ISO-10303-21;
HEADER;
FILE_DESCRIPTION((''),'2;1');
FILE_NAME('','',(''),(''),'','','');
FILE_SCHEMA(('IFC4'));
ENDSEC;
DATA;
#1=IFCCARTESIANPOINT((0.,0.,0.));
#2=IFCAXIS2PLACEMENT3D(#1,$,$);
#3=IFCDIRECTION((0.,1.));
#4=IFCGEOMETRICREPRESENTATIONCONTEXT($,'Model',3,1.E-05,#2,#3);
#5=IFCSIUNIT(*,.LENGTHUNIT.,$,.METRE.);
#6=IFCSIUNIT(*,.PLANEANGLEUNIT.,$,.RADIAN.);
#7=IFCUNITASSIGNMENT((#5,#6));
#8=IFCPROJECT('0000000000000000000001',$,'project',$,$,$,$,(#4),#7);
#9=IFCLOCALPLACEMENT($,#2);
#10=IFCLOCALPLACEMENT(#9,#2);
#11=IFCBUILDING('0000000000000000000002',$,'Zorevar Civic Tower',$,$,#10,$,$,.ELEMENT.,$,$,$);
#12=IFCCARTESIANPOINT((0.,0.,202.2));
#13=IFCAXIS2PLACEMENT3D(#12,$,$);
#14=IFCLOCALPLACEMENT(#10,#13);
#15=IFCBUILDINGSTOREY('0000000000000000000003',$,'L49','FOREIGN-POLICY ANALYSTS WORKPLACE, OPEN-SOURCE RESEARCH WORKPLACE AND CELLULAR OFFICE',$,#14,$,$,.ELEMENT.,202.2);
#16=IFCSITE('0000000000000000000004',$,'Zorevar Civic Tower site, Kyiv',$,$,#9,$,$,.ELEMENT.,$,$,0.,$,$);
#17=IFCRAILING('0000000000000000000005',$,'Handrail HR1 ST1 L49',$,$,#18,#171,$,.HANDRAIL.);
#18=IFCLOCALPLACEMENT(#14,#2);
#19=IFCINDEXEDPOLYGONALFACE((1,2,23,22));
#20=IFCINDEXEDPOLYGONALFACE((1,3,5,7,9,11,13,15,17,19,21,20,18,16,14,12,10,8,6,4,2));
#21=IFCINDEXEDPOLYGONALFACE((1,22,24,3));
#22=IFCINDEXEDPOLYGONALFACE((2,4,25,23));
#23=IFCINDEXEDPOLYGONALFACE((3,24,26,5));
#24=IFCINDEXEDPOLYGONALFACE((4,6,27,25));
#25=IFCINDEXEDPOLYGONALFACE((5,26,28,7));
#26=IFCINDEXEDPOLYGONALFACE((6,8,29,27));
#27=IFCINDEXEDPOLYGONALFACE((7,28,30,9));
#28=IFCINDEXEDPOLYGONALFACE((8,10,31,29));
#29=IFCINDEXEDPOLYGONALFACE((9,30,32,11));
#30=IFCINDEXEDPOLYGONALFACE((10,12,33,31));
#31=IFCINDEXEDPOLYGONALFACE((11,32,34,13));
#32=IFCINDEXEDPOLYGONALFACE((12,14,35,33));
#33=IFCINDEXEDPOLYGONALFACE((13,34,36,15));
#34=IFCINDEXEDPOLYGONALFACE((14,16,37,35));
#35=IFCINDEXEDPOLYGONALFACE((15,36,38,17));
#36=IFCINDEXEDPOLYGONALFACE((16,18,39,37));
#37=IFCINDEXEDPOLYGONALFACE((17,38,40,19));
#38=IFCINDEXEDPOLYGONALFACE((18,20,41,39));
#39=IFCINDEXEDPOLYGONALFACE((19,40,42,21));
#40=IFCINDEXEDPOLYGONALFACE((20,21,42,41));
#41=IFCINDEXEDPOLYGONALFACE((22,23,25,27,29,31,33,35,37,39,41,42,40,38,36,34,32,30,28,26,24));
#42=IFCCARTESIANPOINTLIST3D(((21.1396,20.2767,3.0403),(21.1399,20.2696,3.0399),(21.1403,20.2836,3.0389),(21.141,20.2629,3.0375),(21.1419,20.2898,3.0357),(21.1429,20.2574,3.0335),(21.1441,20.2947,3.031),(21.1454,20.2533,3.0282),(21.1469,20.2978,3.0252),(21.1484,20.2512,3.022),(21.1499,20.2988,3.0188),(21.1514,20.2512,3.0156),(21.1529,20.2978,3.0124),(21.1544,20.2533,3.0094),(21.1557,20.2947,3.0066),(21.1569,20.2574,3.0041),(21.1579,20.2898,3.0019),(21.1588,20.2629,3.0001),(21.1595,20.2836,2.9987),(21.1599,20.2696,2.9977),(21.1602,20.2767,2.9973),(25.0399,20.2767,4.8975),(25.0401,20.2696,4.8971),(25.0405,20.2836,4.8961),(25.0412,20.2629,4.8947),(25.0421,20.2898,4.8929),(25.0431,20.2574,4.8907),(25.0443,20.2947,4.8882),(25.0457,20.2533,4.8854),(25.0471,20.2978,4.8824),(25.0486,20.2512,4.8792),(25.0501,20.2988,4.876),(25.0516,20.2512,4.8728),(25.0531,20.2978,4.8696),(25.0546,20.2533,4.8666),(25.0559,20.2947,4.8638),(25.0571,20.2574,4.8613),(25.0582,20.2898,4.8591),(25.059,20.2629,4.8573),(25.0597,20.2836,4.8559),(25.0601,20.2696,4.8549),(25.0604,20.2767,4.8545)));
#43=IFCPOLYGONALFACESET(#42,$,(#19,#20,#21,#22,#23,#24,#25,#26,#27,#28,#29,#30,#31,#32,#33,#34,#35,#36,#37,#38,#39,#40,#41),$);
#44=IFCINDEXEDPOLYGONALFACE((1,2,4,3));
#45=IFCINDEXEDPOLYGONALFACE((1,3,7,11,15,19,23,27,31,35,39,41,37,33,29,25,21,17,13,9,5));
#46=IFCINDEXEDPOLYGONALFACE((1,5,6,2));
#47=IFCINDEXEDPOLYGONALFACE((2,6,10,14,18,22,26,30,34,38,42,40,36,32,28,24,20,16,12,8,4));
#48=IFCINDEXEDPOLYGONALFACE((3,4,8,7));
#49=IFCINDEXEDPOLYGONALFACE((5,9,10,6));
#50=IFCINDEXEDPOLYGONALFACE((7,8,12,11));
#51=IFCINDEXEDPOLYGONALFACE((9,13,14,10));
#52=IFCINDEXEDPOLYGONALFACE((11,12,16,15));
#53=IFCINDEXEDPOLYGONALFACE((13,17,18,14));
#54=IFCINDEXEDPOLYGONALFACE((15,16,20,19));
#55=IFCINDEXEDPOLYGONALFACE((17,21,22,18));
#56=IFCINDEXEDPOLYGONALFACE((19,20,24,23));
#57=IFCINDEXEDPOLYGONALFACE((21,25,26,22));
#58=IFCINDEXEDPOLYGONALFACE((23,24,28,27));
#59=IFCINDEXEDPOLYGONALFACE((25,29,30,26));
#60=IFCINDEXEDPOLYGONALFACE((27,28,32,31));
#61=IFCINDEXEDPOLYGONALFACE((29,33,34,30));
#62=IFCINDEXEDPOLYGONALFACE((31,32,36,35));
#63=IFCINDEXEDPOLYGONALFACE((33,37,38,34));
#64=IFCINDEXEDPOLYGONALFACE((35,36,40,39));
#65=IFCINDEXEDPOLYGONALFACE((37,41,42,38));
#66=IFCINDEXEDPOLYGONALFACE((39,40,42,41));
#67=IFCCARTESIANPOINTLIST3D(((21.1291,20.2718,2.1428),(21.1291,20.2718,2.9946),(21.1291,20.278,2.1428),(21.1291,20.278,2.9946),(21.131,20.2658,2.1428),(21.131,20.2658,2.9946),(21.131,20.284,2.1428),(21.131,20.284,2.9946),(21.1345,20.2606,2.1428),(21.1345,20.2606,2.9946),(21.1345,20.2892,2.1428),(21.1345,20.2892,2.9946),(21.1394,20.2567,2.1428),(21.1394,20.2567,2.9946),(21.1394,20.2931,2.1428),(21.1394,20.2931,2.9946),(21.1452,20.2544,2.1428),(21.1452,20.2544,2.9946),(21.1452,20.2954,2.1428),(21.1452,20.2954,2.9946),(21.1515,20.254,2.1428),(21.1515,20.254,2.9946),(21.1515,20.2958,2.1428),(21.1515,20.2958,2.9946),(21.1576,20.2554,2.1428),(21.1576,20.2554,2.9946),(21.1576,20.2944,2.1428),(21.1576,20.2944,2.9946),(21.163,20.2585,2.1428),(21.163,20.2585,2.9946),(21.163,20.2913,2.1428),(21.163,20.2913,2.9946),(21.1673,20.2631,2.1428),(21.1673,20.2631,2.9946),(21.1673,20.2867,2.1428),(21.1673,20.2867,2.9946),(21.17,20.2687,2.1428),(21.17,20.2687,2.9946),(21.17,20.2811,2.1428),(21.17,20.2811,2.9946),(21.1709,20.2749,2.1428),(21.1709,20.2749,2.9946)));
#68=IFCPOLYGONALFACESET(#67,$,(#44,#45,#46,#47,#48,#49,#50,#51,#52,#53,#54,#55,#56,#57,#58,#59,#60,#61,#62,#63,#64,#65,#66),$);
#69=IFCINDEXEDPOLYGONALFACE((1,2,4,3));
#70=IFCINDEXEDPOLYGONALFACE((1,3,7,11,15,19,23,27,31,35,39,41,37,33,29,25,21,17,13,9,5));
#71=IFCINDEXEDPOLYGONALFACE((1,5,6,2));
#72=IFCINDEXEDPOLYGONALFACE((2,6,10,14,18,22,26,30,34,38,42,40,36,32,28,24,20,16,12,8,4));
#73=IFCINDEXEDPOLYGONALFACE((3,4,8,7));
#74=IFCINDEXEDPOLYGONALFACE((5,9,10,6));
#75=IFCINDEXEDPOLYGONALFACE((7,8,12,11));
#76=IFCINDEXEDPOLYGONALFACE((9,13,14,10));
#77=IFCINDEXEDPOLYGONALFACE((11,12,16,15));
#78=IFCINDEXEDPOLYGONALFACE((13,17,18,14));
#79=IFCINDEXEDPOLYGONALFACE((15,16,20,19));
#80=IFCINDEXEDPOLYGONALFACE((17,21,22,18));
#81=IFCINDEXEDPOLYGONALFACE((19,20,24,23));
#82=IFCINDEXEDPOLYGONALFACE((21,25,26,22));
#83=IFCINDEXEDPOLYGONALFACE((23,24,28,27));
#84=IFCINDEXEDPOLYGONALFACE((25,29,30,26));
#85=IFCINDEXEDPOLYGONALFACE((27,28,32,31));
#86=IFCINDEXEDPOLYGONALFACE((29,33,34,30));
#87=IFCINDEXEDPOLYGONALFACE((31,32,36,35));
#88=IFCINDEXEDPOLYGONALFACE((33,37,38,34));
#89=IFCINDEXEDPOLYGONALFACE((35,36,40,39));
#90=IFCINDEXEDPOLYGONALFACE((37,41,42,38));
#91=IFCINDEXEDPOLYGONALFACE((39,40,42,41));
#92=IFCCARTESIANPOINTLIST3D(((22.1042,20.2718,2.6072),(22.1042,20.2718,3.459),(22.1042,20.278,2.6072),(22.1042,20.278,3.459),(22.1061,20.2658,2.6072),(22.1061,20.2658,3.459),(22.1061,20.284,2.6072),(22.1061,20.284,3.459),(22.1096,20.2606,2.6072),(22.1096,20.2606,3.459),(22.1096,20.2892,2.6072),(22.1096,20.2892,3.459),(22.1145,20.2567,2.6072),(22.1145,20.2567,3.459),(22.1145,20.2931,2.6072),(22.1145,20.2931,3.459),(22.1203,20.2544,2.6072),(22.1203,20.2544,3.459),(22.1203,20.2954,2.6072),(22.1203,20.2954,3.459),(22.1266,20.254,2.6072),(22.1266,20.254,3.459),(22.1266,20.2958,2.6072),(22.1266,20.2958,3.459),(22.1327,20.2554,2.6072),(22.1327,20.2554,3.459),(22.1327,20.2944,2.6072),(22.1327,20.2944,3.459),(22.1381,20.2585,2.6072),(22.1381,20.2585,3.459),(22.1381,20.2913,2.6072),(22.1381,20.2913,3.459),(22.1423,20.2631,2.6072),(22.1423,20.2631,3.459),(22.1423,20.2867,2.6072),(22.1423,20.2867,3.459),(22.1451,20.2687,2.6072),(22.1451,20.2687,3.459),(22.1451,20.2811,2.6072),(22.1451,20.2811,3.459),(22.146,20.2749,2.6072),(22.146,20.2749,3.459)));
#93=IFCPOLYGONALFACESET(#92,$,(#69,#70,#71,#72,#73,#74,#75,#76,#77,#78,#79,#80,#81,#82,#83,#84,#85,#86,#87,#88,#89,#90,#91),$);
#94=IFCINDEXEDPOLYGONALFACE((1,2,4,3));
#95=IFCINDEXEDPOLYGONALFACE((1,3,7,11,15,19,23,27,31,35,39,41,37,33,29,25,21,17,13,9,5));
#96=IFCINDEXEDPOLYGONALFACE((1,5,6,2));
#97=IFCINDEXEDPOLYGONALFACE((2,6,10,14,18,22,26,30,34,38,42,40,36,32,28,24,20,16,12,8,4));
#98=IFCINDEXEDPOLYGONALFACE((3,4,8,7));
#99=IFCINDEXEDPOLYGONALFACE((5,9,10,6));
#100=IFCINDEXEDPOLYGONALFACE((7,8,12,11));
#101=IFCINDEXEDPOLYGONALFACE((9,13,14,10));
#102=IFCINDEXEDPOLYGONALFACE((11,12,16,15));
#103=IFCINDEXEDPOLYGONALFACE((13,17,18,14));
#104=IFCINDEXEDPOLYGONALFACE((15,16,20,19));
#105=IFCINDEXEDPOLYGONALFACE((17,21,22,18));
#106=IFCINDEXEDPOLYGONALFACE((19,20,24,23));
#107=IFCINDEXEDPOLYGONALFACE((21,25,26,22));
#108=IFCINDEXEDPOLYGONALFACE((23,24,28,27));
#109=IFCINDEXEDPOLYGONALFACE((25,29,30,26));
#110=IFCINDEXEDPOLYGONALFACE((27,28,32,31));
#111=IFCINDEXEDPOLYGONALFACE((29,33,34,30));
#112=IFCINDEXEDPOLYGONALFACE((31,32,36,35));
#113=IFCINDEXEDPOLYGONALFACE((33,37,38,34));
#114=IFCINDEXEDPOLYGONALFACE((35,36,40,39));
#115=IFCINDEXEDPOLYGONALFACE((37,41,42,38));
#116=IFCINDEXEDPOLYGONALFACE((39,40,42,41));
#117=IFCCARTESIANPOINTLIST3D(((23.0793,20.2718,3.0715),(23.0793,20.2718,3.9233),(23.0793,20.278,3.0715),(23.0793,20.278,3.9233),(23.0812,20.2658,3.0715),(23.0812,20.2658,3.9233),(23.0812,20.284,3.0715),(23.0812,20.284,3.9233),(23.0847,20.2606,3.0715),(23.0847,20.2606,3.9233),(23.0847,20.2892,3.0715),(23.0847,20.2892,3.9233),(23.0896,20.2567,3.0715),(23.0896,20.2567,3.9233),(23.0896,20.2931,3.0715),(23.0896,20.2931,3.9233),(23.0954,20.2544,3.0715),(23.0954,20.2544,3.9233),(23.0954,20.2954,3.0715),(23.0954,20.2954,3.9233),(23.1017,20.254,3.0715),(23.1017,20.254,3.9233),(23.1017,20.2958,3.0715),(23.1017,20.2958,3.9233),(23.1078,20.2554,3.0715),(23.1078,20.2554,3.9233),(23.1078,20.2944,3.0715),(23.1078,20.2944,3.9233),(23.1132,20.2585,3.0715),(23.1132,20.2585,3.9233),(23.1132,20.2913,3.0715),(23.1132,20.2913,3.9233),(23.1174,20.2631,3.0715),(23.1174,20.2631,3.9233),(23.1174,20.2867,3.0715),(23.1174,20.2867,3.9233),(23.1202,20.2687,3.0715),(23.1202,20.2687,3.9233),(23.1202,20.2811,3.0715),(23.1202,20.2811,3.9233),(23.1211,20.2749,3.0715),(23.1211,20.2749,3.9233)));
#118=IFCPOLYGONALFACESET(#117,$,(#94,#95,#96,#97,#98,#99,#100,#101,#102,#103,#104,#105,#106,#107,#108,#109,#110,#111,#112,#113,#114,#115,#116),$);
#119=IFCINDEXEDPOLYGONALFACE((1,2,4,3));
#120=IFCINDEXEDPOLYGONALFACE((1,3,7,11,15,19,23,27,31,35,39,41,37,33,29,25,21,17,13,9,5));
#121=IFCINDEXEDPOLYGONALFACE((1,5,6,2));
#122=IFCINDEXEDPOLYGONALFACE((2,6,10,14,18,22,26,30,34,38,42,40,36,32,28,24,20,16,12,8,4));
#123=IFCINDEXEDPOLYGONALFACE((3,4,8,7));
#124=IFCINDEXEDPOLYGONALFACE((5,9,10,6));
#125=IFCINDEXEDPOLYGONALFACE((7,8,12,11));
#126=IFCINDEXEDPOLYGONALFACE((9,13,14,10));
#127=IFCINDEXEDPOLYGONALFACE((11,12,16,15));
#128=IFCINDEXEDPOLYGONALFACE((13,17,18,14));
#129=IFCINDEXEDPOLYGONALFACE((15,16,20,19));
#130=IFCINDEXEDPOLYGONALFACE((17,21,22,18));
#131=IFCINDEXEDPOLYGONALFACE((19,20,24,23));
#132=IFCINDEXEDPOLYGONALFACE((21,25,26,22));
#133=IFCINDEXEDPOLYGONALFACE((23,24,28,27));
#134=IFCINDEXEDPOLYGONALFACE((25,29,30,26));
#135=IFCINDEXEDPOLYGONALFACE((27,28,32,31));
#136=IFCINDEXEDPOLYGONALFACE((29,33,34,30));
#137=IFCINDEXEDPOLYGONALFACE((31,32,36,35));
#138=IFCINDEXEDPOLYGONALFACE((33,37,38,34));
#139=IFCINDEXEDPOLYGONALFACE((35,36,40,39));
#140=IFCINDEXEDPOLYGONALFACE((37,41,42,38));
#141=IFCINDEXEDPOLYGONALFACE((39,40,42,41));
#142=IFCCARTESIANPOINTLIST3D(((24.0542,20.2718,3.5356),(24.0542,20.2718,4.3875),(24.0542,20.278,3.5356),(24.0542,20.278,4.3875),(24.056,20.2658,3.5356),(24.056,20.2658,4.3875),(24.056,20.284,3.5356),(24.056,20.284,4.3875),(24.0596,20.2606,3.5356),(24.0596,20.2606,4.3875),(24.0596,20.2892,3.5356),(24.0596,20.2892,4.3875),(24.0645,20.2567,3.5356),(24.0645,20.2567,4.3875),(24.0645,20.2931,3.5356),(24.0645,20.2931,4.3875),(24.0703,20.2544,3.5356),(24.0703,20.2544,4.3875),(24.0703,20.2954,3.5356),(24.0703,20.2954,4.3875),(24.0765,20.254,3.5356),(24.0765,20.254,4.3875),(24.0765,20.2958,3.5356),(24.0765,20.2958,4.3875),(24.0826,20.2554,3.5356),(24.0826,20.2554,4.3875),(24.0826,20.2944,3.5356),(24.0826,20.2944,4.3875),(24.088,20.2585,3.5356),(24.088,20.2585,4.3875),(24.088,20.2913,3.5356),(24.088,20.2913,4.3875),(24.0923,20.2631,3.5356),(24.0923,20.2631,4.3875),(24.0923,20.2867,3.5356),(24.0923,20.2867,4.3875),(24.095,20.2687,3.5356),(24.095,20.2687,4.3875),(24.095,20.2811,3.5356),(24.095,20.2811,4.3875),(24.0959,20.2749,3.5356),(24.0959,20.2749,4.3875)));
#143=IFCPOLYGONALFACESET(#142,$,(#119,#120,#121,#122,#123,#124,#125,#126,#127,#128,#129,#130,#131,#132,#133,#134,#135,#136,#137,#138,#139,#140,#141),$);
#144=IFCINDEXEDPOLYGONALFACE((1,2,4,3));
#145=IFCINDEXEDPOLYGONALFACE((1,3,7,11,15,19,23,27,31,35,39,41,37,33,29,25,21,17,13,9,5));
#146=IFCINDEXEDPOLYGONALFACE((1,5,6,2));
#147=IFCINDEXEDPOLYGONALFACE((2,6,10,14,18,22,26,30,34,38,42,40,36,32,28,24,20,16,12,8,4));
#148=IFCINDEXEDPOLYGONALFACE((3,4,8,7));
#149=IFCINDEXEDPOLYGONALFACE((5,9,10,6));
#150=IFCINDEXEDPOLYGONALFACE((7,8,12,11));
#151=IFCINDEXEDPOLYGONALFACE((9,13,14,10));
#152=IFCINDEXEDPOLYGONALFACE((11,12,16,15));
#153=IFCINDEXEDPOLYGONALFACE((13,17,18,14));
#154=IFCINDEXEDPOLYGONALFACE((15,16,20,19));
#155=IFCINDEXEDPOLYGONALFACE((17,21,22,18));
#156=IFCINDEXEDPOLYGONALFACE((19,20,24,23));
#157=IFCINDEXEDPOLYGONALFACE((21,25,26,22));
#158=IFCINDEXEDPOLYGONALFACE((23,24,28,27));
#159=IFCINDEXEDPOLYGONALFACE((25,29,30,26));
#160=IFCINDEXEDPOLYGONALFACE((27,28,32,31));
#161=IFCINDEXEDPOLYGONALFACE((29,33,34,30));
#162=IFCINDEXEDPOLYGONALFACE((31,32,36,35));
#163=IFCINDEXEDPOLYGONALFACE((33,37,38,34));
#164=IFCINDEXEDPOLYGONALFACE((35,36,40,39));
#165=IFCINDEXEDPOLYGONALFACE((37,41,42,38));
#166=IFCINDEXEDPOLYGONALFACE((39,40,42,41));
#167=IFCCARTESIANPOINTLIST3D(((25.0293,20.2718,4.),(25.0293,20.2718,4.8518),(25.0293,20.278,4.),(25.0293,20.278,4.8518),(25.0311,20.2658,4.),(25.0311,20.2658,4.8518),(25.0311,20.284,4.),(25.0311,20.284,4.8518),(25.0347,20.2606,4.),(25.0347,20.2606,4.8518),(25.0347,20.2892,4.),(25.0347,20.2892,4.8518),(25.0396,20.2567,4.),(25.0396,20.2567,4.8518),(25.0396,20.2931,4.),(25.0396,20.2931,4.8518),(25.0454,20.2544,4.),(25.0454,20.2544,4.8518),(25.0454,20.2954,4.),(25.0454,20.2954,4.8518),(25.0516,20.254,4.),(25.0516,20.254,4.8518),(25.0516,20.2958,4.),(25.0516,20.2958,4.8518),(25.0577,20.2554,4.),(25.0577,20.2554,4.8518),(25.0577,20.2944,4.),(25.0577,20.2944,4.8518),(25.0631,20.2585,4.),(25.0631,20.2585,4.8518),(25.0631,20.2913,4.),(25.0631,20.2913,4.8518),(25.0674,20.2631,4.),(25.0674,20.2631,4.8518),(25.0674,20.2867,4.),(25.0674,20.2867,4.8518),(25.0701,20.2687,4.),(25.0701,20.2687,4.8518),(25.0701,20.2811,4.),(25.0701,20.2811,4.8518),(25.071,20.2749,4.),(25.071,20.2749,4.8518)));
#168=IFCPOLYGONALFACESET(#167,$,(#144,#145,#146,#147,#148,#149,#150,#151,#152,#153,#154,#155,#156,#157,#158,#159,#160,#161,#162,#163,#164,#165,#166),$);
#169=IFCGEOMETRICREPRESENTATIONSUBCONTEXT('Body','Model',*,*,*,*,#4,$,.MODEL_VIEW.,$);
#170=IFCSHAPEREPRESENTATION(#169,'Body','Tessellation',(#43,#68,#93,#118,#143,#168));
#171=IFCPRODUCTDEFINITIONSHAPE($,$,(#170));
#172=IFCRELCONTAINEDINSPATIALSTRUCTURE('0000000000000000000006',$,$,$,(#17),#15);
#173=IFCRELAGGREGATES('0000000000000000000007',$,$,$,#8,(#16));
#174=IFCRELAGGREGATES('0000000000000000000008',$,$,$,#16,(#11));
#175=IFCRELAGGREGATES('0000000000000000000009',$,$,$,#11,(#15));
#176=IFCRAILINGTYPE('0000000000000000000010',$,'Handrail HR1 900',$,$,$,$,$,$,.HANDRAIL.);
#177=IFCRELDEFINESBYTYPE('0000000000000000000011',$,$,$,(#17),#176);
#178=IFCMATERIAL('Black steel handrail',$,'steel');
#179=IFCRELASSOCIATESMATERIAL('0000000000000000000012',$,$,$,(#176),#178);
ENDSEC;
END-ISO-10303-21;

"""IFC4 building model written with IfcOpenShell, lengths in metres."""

from ifc_helpers import new_model, si_unit, direction, frame, origin, origin_2d, place, context, subcontext, project, spatial, circle, extrude, material, type_object, element, save


model = new_model("IFC4")

# Units and contexts
model_context = context("Model", 3, precision=1e-05, world=origin(), true_north=direction((0.0, 1.0)))
body_context = subcontext(model_context, "Body", "Model", "MODEL_VIEW")
ifc_project = project(units=[si_unit("LENGTHUNIT", "METRE"), si_unit("PLANEANGLEUNIT", "RADIAN")], contexts=[model_context])

# Site, building, storey
site_placement = place(None, origin())
site = spatial("IfcSite", under=ifc_project, at=site_placement, Name="Zorevar Civic Tower site, Kyiv", CompositionType="ELEMENT", RefElevation=0.0)
building_placement = place(site_placement, origin())
building = spatial("IfcBuilding", under=site, at=building_placement, Name="Zorevar Civic Tower", CompositionType="ELEMENT")
storey_placement = place(building_placement, frame((0.0, 0.0, 202.2)))
storey = spatial("IfcBuildingStorey", under=building, at=storey_placement, Name="L49", Description="FOREIGN-POLICY ANALYSTS WORKPLACE, OPEN-SOURCE RESEARCH WORKPLACE AND CELLULAR OFFICE", CompositionType="ELEMENT", Elevation=202.2)

# Railing
ifc_material_1 = material(Name="Black steel handrail", Category="steel")
railing_type = type_object("IfcRailingType", Name="Handrail HR1 900", PredefinedType="HANDRAIL", material=ifc_material_1)
railing_placement = place(storey_placement, frame((21.1499, 20.2749, 2.1428)))
element("IfcRailing", 1, at=railing_placement, inside=storey, type_object=railing_type, Name="Handrail HR1 ST1 L49", PredefinedType="HANDRAIL", context=body_context, shape_type="SweptSolid", body=[
    extrude(circle(Radius=0.0239, at=origin_2d()), frame((0.0, 0.0, 0.876), z_axis=(0.902864, 0.0, 0.429927), x_axis=(0.0, 1.0, 0.0)), (0.0, 0.0, 1.0), 4.3198),
    extrude(circle(Radius=0.021, at=origin_2d()), origin(), (0.0, 0.0, 1.0), 0.8518),
    extrude(circle(Radius=0.021, at=origin_2d()), frame((0.9751, 0.0, 0.4644)), (0.0, 0.0, 1.0), 0.8518),
    extrude(circle(Radius=0.021, at=origin_2d()), frame((1.9502, 0.0, 0.9287)), (0.0, 0.0, 1.0), 0.8518),
    extrude(circle(Radius=0.021, at=origin_2d()), frame((2.925, 0.0, 1.3928)), (0.0, 0.0, 1.0), 0.8518),
    extrude(circle(Radius=0.021, at=origin_2d()), frame((3.9001, 0.0, 1.8572)), (0.0, 0.0, 1.0), 0.8518),
])

save(model, "model.ifc")
